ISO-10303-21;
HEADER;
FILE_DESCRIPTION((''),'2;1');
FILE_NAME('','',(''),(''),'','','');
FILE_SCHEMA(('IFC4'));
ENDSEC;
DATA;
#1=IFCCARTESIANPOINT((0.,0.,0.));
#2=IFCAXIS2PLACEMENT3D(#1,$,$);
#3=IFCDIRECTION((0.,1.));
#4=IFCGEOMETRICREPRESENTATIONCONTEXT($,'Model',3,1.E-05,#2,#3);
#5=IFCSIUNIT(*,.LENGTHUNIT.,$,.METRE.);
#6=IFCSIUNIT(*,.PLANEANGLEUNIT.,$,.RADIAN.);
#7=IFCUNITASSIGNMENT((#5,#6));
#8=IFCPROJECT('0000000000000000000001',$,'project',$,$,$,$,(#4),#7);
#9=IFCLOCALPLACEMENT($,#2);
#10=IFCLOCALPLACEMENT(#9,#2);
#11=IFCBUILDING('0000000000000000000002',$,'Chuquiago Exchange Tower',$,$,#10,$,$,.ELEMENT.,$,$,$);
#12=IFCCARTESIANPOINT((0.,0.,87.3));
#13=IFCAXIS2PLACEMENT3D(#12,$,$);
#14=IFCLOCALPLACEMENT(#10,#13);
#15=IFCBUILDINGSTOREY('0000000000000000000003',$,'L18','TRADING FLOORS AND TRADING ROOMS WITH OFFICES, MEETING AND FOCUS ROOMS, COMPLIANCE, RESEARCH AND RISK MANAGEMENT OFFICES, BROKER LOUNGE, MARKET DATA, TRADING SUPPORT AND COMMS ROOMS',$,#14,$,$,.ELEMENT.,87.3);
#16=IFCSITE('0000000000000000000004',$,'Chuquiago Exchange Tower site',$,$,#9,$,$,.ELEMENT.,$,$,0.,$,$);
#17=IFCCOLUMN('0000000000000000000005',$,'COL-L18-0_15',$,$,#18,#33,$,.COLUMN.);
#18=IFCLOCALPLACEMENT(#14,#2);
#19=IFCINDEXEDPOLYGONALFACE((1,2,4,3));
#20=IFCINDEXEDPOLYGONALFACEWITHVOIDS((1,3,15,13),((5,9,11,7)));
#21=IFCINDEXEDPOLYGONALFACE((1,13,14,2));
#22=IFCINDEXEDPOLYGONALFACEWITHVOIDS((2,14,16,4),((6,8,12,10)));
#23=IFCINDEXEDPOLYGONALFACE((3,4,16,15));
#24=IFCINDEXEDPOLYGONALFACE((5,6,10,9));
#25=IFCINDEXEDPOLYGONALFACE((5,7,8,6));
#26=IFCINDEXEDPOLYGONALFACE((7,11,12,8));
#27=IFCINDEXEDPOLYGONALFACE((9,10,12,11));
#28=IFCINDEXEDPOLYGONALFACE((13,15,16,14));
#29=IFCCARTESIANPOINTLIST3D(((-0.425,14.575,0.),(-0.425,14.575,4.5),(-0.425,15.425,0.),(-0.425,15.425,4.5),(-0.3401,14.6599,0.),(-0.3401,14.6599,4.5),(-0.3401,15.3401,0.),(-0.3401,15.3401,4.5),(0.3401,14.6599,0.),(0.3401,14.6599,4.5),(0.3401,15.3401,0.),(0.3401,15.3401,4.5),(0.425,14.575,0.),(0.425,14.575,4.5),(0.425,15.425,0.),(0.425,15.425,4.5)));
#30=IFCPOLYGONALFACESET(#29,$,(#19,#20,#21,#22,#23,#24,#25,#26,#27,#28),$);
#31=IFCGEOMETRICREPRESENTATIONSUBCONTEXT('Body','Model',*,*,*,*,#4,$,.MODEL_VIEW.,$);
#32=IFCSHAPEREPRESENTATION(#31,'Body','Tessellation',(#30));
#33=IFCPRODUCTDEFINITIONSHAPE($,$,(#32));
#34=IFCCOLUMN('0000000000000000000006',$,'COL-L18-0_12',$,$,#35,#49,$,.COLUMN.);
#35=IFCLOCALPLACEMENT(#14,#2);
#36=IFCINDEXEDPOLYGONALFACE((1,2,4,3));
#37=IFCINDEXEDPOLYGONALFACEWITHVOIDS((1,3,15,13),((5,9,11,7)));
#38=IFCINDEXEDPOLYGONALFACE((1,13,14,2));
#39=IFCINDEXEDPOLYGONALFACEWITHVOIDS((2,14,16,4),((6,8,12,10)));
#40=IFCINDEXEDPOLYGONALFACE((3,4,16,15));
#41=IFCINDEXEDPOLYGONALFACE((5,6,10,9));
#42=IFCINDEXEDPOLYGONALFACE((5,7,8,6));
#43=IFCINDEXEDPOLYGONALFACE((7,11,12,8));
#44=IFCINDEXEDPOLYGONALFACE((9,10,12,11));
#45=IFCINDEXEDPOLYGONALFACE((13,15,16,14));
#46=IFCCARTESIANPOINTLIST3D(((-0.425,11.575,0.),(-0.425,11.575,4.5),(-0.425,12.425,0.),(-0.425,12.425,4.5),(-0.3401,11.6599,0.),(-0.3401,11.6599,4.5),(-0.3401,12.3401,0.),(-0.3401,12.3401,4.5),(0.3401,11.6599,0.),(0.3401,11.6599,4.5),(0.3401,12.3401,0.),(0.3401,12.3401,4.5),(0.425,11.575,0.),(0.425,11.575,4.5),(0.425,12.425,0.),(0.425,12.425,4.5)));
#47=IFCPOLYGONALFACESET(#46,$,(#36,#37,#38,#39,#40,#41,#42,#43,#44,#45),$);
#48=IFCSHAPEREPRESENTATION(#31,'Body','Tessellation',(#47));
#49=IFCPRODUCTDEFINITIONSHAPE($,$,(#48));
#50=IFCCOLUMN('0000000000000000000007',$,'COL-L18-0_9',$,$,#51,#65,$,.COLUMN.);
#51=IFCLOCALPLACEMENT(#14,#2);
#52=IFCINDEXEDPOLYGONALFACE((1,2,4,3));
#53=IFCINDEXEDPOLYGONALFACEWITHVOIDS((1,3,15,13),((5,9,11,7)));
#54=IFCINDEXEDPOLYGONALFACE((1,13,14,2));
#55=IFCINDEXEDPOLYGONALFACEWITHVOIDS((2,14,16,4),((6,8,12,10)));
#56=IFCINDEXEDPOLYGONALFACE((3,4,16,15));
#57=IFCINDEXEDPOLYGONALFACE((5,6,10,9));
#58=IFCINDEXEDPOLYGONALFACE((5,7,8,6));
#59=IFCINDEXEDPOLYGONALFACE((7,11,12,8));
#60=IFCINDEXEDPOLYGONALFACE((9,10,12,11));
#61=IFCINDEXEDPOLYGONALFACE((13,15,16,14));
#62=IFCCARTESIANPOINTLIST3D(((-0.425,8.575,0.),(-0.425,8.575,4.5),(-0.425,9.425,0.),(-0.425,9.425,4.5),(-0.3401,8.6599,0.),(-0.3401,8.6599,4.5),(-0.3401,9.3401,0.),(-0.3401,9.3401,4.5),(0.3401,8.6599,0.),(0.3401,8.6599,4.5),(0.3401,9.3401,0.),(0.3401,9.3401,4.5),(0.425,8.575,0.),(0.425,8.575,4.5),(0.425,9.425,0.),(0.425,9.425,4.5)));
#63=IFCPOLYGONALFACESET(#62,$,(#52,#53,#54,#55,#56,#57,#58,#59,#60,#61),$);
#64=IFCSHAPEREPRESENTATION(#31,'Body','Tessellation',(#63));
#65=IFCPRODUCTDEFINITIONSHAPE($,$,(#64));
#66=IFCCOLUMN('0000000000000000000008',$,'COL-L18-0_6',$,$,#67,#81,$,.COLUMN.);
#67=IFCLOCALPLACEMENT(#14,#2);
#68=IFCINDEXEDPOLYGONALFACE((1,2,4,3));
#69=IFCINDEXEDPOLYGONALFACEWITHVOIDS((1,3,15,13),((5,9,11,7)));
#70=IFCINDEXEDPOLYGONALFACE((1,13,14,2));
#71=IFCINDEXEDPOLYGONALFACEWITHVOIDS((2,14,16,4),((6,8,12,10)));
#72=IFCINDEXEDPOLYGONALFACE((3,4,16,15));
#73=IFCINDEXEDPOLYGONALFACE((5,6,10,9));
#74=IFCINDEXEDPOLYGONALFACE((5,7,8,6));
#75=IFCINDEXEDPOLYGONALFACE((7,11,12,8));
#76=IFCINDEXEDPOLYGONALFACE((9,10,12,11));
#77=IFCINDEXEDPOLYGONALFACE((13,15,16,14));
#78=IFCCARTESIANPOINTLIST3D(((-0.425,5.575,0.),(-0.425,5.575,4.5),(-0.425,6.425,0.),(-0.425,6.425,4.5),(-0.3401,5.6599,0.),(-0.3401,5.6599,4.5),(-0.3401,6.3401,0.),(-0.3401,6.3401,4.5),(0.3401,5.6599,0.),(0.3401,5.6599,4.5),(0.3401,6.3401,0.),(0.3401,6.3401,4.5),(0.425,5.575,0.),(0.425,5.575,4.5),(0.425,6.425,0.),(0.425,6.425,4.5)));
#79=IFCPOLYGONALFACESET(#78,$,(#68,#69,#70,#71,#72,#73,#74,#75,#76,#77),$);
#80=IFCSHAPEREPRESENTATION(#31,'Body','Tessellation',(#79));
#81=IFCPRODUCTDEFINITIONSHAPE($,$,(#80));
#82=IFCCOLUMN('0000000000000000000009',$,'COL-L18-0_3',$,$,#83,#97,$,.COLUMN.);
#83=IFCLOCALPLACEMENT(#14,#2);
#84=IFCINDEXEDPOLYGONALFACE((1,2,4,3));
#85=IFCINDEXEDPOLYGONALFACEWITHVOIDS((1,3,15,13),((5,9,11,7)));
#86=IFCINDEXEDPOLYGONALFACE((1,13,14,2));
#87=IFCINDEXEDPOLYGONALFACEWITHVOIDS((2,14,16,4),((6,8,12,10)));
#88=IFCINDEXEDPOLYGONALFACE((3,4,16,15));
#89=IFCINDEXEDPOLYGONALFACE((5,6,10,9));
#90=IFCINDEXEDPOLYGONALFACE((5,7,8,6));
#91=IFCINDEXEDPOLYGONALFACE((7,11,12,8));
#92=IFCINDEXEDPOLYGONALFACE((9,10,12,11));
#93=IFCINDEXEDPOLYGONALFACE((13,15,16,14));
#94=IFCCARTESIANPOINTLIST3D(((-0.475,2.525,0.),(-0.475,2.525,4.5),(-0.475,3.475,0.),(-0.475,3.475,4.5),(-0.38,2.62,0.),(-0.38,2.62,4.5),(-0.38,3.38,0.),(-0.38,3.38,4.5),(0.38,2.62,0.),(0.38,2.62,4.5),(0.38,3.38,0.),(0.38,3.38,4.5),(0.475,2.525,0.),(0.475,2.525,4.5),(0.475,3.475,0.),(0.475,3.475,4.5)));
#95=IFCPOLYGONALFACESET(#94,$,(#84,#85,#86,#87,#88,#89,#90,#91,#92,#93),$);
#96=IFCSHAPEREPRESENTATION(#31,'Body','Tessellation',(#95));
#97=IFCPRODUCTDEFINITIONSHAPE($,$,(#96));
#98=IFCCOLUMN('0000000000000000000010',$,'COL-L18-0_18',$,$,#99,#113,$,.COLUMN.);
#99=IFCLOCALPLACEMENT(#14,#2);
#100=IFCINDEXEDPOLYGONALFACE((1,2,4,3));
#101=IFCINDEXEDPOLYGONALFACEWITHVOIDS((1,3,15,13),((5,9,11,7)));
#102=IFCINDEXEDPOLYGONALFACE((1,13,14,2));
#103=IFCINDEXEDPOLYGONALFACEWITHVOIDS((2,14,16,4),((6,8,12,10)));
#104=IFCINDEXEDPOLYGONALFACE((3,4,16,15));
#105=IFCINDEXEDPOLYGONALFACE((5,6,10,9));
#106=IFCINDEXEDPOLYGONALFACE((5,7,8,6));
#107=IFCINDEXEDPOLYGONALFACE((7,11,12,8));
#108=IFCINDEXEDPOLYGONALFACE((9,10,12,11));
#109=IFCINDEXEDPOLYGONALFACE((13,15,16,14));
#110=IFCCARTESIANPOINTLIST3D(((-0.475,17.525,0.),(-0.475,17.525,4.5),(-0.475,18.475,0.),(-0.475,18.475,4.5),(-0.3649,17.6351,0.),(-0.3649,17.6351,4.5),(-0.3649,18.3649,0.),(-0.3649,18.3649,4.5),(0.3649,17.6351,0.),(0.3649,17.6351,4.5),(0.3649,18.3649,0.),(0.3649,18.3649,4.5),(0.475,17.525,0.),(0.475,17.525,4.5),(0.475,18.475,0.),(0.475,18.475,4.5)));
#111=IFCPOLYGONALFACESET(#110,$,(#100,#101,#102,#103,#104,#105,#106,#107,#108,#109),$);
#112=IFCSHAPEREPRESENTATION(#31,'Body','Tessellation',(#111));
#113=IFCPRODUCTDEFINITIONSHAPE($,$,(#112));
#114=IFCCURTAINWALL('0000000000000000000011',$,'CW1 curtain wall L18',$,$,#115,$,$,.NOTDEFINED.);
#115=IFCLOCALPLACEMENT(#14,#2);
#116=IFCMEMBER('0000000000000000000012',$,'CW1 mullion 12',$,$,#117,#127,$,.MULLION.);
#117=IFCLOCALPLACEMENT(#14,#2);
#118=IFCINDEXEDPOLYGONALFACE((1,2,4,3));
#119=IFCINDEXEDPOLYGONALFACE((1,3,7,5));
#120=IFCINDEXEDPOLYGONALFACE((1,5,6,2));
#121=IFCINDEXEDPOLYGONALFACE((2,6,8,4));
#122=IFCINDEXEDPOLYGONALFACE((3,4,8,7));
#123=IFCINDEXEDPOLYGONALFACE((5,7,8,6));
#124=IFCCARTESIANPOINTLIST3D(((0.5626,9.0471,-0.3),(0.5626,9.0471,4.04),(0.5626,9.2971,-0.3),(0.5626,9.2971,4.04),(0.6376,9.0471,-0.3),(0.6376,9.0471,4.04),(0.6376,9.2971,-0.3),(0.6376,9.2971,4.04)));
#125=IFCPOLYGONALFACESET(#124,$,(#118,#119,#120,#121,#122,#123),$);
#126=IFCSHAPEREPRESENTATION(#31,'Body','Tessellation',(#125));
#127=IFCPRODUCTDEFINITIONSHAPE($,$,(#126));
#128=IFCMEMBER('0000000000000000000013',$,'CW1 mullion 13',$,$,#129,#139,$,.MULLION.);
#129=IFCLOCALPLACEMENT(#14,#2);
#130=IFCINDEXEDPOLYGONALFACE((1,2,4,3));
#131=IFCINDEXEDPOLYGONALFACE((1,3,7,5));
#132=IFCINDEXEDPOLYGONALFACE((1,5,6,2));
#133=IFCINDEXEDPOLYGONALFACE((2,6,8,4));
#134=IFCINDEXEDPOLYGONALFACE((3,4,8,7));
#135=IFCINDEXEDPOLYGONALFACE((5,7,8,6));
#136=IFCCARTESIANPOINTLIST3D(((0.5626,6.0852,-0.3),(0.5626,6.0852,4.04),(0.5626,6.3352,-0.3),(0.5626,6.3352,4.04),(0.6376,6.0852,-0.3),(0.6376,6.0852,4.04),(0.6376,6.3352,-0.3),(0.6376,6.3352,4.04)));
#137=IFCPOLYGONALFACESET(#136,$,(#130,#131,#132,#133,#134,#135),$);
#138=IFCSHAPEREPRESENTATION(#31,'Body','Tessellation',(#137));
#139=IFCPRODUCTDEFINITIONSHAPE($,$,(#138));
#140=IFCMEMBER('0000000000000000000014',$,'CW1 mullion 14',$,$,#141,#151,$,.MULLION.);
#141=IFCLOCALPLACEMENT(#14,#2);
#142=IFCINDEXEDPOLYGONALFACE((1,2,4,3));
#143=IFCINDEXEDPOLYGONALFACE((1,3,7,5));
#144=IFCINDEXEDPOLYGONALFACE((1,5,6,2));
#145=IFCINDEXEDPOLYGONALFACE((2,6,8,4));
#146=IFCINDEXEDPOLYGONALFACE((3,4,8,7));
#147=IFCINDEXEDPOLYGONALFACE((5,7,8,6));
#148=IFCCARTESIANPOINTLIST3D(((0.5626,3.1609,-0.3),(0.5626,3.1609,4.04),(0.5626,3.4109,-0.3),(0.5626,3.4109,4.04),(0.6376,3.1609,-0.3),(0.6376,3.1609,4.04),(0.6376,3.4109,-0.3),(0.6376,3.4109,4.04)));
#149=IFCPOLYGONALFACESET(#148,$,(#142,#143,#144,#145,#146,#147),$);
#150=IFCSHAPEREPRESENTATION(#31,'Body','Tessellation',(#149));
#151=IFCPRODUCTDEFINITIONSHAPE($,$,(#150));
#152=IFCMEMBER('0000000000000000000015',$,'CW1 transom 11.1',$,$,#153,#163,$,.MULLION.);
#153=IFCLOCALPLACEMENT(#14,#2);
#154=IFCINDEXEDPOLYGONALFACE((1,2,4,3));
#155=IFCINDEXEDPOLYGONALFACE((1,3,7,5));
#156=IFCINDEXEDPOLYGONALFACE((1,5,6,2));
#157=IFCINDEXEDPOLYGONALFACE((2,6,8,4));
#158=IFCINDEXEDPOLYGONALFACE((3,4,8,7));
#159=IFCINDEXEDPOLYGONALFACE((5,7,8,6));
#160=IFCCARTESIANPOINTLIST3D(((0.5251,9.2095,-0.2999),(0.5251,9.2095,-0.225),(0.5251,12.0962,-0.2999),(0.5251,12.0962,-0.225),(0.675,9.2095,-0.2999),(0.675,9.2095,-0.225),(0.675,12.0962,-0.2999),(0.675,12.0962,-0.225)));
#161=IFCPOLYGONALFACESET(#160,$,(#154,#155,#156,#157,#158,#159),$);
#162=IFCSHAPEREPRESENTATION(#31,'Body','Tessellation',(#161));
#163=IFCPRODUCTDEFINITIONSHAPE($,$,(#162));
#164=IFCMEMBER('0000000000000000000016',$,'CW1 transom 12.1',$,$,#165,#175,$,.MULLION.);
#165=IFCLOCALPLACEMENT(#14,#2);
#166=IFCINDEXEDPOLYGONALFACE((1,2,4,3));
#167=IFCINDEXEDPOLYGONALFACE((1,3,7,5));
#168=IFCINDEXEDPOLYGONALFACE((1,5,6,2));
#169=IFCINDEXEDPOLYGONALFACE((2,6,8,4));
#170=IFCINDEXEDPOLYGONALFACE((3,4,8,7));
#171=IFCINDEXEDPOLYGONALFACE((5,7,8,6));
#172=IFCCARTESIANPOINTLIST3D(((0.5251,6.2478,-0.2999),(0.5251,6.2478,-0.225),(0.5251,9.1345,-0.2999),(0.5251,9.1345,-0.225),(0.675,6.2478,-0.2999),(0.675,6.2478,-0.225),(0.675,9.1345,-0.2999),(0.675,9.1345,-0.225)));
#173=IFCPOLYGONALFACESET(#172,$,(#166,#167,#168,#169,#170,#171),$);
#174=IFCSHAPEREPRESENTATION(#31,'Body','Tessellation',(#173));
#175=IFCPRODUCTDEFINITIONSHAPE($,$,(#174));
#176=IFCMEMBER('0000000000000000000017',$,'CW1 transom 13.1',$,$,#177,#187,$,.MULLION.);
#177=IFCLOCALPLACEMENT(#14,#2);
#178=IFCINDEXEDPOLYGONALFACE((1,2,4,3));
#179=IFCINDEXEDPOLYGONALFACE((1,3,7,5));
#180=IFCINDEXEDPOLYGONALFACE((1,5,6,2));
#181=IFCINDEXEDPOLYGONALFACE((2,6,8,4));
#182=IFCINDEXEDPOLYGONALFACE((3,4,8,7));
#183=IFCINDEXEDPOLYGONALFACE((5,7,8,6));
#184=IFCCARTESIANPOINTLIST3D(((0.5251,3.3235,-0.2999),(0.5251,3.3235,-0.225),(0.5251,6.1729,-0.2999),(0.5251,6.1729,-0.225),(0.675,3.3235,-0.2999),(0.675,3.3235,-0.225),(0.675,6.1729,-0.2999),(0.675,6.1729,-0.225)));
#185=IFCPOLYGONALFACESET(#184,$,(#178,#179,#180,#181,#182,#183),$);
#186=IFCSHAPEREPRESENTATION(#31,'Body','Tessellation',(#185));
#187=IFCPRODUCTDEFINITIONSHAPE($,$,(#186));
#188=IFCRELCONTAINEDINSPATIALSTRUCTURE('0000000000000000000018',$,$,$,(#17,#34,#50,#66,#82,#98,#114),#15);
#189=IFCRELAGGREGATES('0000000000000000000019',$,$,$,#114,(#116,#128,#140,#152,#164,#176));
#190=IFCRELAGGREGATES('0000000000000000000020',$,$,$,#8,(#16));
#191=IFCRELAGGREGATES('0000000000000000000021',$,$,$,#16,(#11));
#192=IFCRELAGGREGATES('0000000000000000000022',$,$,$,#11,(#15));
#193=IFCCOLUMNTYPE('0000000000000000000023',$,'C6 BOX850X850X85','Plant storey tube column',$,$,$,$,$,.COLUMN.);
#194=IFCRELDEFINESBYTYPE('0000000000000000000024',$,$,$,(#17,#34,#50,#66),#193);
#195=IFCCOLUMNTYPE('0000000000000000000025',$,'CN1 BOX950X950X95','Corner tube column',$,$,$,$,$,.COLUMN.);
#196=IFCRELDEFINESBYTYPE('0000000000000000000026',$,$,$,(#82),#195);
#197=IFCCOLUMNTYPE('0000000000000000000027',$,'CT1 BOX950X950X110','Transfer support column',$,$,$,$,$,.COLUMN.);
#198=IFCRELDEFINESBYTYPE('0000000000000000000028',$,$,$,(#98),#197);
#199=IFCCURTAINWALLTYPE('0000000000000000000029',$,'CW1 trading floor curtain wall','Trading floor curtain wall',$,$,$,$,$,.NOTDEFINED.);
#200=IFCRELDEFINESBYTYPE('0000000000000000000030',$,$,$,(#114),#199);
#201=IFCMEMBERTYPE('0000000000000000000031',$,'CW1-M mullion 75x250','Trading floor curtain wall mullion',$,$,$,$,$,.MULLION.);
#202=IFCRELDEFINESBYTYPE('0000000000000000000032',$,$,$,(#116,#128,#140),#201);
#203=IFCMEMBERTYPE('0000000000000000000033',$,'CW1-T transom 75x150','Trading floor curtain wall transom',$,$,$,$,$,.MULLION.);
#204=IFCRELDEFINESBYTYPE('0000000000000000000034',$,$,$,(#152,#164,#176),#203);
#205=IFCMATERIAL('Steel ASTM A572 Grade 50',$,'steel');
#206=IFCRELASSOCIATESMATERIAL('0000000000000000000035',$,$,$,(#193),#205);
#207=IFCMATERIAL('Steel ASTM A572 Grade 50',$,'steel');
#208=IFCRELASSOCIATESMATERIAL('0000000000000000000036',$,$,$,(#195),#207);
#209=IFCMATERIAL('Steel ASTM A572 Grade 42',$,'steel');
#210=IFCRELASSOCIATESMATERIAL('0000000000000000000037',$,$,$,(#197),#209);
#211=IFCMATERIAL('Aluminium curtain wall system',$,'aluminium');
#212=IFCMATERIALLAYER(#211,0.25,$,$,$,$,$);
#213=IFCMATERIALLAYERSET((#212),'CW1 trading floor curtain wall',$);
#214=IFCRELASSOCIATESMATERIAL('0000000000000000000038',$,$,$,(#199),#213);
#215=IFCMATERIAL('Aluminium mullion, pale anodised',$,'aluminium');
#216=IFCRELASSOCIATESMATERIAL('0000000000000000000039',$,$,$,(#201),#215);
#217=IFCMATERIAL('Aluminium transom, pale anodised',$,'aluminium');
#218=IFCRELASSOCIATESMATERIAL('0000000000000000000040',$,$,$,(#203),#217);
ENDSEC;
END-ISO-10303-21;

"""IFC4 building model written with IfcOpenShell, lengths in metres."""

from ifc_helpers import new_model, si_unit, direction, frame, origin, origin_2d, place, context, subcontext, project, spatial, rectangle, hollow_rectangle, extrude, material, layer, layer_set, material_profile, profile_set, type_object, element, aggregate, save


model = new_model("IFC4")

# Units and contexts
model_context = context("Model", 3, precision=1e-05, world=origin(), true_north=direction((0.0, 1.0)))
body_context = subcontext(model_context, "Body", "Model", "MODEL_VIEW")
ifc_project = project(units=[si_unit("LENGTHUNIT", "METRE"), si_unit("PLANEANGLEUNIT", "RADIAN")], contexts=[model_context])

# Site, building, storey
site_placement = place(None, origin())
site = spatial("IfcSite", under=ifc_project, at=site_placement, Name="Chuquiago Exchange Tower site", CompositionType="ELEMENT", RefElevation=0.0)
building_placement = place(site_placement, origin())
building = spatial("IfcBuilding", under=site, at=building_placement, Name="Chuquiago Exchange Tower", CompositionType="ELEMENT")
storey_placement = place(building_placement, frame((0.0, 0.0, 87.3)))
storey = spatial("IfcBuildingStorey", under=building, at=storey_placement, Name="L18", Description="TRADING FLOORS AND TRADING ROOMS WITH OFFICES, MEETING AND FOCUS ROOMS, COMPLIANCE, RESEARCH AND RISK MANAGEMENT OFFICES, BROKER LOUNGE, MARKET DATA, TRADING SUPPORT AND COMMS ROOMS", CompositionType="ELEMENT", Elevation=87.3)

# Columns
ifc_material_1 = material(Name="Steel ASTM A572 Grade 50", Category="steel")
ifc_material_profile_1 = material_profile(ifc_material_1, hollow_rectangle(XDim=0.8501, YDim=0.8501, WallThickness=0.085, at=origin_2d()), Name="BOX850X850X85")
ifc_profile_set_1 = profile_set([ifc_material_profile_1], Name="Steel ASTM A572 Grade 50")
column_type_1 = type_object("IfcColumnType", Name="C6 BOX850X850X85", Description="Plant storey tube column", PredefinedType="COLUMN", material=ifc_profile_set_1)
for number, where, z_axis, x_axis, name in (
    (1, (0.0, 15.0, 0.0), (0.0, 0.0, 1.0), (-1.0, 0.0, 0.0), "COL-L18-0_15"),
    (2, (0.0, 12.0, 0.0), (0.0, 0.0, 1.0), (-1.0, 0.0, 0.0), "COL-L18-0_12"),
    (3, (0.0, 9.0, 0.0), (0.0, 0.0, 1.0), (-1.0, 0.0, 0.0), "COL-L18-0_9"),
    (4, (0.0, 6.0, 0.0), (0.0, 0.0, 1.0), (-1.0, 0.0, 0.0), "COL-L18-0_6"),
):
    element("IfcColumn", number, at=place(storey_placement, frame(where, z_axis=z_axis, x_axis=x_axis)), inside=storey, type_object=column_type_1, Name=name, PredefinedType="COLUMN", context=body_context, shape_type="SweptSolid", body=[
        extrude(hollow_rectangle(XDim=0.8501, YDim=0.8501, WallThickness=0.085, at=origin_2d()), origin(), (0.0, 0.0, 1.0), 4.5),
    ])
ifc_material_2 = material(Name="Steel ASTM A572 Grade 50", Category="steel")
ifc_material_profile_2 = material_profile(ifc_material_2, hollow_rectangle(XDim=0.95, YDim=0.95, WallThickness=0.095, at=origin_2d()), Name="BOX950X950X95")
ifc_profile_set_2 = profile_set([ifc_material_profile_2], Name="Steel ASTM A572 Grade 50")
column_type_2 = type_object("IfcColumnType", Name="CN1 BOX950X950X95", Description="Corner tube column", PredefinedType="COLUMN", material=ifc_profile_set_2)
column_1_placement = place(storey_placement, frame((0.0, 3.0, 0.0), z_axis=(0.0, 0.0, 1.0), x_axis=(-1.0, 0.0, 0.0)))
element("IfcColumn", 5, at=column_1_placement, inside=storey, type_object=column_type_2, Name="COL-L18-0_3", PredefinedType="COLUMN", context=body_context, shape_type="SweptSolid", body=[
    extrude(hollow_rectangle(XDim=0.95, YDim=0.95, WallThickness=0.095, at=origin_2d()), origin(), (0.0, 0.0, 1.0), 4.5),
])
ifc_material_3 = material(Name="Steel ASTM A572 Grade 42", Category="steel")
ifc_material_profile_3 = material_profile(ifc_material_3, hollow_rectangle(XDim=0.95, YDim=0.95, WallThickness=0.1101, at=origin_2d()), Name="BOX950X950X110")
ifc_profile_set_3 = profile_set([ifc_material_profile_3], Name="Steel ASTM A572 Grade 42")
column_type_3 = type_object("IfcColumnType", Name="CT1 BOX950X950X110", Description="Transfer support column", PredefinedType="COLUMN", material=ifc_profile_set_3)
column_2_placement = place(storey_placement, frame((0.0, 18.0, 0.0), z_axis=(0.0, 0.0, 1.0), x_axis=(-1.0, 0.0, 0.0)))
element("IfcColumn", 6, at=column_2_placement, inside=storey, type_object=column_type_3, Name="COL-L18-0_18", PredefinedType="COLUMN", context=body_context, shape_type="SweptSolid", body=[
    extrude(hollow_rectangle(XDim=0.95, YDim=0.95, WallThickness=0.1101, at=origin_2d()), origin(), (0.0, 0.0, 1.0), 4.5),
])

# Curtain wall, members
ifc_material_4 = material(Name="Aluminium curtain wall system", Category="aluminium")
ifc_layer_1 = layer(ifc_material_4, 0.25)
ifc_layer_set_1 = layer_set([ifc_layer_1], Name="CW1 trading floor curtain wall")
curtain_wall_type = type_object("IfcCurtainWallType", Name="CW1 trading floor curtain wall", Description="Trading floor curtain wall", PredefinedType="NOTDEFINED", material=ifc_layer_set_1)
curtain_wall_placement = place(storey_placement, origin())
curtain_wall = element("IfcCurtainWall", 7, at=curtain_wall_placement, inside=storey, type_object=curtain_wall_type, Name="CW1 curtain wall L18", PredefinedType="NOTDEFINED")
ifc_material_5 = material(Name="Aluminium mullion, pale anodised", Category="aluminium")
ifc_material_profile_4 = material_profile(ifc_material_5, rectangle(XDim=0.075, YDim=0.25, at=origin_2d()), Name="AL 75x250")
ifc_profile_set_4 = profile_set([ifc_material_profile_4], Name="Aluminium mullion, pale anodised")
member_type_1 = type_object("IfcMemberType", Name="CW1-M mullion 75x250", Description="Trading floor curtain wall mullion", PredefinedType="MULLION", material=ifc_profile_set_4)
member_1_placement = place(storey_placement, frame((0.6001, 9.1721, -0.3), z_axis=(0.0, 0.0, 1.0), x_axis=(1.0, 0.0, 0.0)))
member_1 = element("IfcMember", 8, at=member_1_placement, type_object=member_type_1, Name="CW1 mullion 12", PredefinedType="MULLION", context=body_context, shape_type="SweptSolid", body=[
    extrude(rectangle(XDim=0.075, YDim=0.25, at=origin_2d()), origin(), (0.0, 0.0, 1.0), 4.3401),
])
member_2_placement = place(storey_placement, frame((0.6001, 6.2102, -0.3), z_axis=(0.0, 0.0, 1.0), x_axis=(1.0, 0.0, 0.0)))
member_2 = element("IfcMember", 9, at=member_2_placement, type_object=member_type_1, Name="CW1 mullion 13", PredefinedType="MULLION", context=body_context, shape_type="SweptSolid", body=[
    extrude(rectangle(XDim=0.075, YDim=0.25, at=origin_2d()), origin(), (0.0, 0.0, 1.0), 4.3401),
])
member_3_placement = place(storey_placement, frame((0.6001, 3.2859, -0.3), z_axis=(0.0, 0.0, 1.0), x_axis=(1.0, 0.0, 0.0)))
member_3 = element("IfcMember", 10, at=member_3_placement, type_object=member_type_1, Name="CW1 mullion 14", PredefinedType="MULLION", context=body_context, shape_type="SweptSolid", body=[
    extrude(rectangle(XDim=0.075, YDim=0.25, at=origin_2d()), origin(), (0.0, 0.0, 1.0), 4.3401),
])
ifc_material_6 = material(Name="Aluminium transom, pale anodised", Category="aluminium")
ifc_material_profile_5 = material_profile(ifc_material_6, rectangle(XDim=0.1499, YDim=0.075, at=origin_2d()), Name="AL 150x75")
ifc_profile_set_5 = profile_set([ifc_material_profile_5], Name="Aluminium transom, pale anodised")
member_type_2 = type_object("IfcMemberType", Name="CW1-T transom 75x150", Description="Trading floor curtain wall transom", PredefinedType="MULLION", material=ifc_profile_set_5)
member_4_placement = place(storey_placement, frame((0.6001, 12.0962, -0.2625), z_axis=(0.0, -1.0, 0.0), x_axis=(1.0, 0.0, 0.0)))
member_4 = element("IfcMember", 11, at=member_4_placement, type_object=member_type_2, Name="CW1 transom 11.1", PredefinedType="MULLION", context=body_context, shape_type="SweptSolid", body=[
    extrude(rectangle(XDim=0.1499, YDim=0.075, at=origin_2d()), origin(), (0.0, 0.0, 1.0), 2.8867),
])
member_5_placement = place(storey_placement, frame((0.6001, 9.1345, -0.2625), z_axis=(0.0, -1.0, 0.0), x_axis=(1.0, 0.0, 0.0)))
member_5 = element("IfcMember", 12, at=member_5_placement, type_object=member_type_2, Name="CW1 transom 12.1", PredefinedType="MULLION", context=body_context, shape_type="SweptSolid", body=[
    extrude(rectangle(XDim=0.1499, YDim=0.075, at=origin_2d()), origin(), (0.0, 0.0, 1.0), 2.8867),
])
member_6_placement = place(storey_placement, frame((0.6001, 6.1729, -0.2625), z_axis=(0.0, -1.0, 0.0), x_axis=(1.0, 0.0, 0.0)))
member_6 = element("IfcMember", 13, at=member_6_placement, type_object=member_type_2, Name="CW1 transom 13.1", PredefinedType="MULLION", context=body_context, shape_type="SweptSolid", body=[
    extrude(rectangle(XDim=0.1499, YDim=0.075, at=origin_2d()), origin(), (0.0, 0.0, 1.0), 2.8494),
])

aggregate(curtain_wall, [member_1, member_2, member_3, member_4, member_5, member_6])

save(model, "model.ifc")
